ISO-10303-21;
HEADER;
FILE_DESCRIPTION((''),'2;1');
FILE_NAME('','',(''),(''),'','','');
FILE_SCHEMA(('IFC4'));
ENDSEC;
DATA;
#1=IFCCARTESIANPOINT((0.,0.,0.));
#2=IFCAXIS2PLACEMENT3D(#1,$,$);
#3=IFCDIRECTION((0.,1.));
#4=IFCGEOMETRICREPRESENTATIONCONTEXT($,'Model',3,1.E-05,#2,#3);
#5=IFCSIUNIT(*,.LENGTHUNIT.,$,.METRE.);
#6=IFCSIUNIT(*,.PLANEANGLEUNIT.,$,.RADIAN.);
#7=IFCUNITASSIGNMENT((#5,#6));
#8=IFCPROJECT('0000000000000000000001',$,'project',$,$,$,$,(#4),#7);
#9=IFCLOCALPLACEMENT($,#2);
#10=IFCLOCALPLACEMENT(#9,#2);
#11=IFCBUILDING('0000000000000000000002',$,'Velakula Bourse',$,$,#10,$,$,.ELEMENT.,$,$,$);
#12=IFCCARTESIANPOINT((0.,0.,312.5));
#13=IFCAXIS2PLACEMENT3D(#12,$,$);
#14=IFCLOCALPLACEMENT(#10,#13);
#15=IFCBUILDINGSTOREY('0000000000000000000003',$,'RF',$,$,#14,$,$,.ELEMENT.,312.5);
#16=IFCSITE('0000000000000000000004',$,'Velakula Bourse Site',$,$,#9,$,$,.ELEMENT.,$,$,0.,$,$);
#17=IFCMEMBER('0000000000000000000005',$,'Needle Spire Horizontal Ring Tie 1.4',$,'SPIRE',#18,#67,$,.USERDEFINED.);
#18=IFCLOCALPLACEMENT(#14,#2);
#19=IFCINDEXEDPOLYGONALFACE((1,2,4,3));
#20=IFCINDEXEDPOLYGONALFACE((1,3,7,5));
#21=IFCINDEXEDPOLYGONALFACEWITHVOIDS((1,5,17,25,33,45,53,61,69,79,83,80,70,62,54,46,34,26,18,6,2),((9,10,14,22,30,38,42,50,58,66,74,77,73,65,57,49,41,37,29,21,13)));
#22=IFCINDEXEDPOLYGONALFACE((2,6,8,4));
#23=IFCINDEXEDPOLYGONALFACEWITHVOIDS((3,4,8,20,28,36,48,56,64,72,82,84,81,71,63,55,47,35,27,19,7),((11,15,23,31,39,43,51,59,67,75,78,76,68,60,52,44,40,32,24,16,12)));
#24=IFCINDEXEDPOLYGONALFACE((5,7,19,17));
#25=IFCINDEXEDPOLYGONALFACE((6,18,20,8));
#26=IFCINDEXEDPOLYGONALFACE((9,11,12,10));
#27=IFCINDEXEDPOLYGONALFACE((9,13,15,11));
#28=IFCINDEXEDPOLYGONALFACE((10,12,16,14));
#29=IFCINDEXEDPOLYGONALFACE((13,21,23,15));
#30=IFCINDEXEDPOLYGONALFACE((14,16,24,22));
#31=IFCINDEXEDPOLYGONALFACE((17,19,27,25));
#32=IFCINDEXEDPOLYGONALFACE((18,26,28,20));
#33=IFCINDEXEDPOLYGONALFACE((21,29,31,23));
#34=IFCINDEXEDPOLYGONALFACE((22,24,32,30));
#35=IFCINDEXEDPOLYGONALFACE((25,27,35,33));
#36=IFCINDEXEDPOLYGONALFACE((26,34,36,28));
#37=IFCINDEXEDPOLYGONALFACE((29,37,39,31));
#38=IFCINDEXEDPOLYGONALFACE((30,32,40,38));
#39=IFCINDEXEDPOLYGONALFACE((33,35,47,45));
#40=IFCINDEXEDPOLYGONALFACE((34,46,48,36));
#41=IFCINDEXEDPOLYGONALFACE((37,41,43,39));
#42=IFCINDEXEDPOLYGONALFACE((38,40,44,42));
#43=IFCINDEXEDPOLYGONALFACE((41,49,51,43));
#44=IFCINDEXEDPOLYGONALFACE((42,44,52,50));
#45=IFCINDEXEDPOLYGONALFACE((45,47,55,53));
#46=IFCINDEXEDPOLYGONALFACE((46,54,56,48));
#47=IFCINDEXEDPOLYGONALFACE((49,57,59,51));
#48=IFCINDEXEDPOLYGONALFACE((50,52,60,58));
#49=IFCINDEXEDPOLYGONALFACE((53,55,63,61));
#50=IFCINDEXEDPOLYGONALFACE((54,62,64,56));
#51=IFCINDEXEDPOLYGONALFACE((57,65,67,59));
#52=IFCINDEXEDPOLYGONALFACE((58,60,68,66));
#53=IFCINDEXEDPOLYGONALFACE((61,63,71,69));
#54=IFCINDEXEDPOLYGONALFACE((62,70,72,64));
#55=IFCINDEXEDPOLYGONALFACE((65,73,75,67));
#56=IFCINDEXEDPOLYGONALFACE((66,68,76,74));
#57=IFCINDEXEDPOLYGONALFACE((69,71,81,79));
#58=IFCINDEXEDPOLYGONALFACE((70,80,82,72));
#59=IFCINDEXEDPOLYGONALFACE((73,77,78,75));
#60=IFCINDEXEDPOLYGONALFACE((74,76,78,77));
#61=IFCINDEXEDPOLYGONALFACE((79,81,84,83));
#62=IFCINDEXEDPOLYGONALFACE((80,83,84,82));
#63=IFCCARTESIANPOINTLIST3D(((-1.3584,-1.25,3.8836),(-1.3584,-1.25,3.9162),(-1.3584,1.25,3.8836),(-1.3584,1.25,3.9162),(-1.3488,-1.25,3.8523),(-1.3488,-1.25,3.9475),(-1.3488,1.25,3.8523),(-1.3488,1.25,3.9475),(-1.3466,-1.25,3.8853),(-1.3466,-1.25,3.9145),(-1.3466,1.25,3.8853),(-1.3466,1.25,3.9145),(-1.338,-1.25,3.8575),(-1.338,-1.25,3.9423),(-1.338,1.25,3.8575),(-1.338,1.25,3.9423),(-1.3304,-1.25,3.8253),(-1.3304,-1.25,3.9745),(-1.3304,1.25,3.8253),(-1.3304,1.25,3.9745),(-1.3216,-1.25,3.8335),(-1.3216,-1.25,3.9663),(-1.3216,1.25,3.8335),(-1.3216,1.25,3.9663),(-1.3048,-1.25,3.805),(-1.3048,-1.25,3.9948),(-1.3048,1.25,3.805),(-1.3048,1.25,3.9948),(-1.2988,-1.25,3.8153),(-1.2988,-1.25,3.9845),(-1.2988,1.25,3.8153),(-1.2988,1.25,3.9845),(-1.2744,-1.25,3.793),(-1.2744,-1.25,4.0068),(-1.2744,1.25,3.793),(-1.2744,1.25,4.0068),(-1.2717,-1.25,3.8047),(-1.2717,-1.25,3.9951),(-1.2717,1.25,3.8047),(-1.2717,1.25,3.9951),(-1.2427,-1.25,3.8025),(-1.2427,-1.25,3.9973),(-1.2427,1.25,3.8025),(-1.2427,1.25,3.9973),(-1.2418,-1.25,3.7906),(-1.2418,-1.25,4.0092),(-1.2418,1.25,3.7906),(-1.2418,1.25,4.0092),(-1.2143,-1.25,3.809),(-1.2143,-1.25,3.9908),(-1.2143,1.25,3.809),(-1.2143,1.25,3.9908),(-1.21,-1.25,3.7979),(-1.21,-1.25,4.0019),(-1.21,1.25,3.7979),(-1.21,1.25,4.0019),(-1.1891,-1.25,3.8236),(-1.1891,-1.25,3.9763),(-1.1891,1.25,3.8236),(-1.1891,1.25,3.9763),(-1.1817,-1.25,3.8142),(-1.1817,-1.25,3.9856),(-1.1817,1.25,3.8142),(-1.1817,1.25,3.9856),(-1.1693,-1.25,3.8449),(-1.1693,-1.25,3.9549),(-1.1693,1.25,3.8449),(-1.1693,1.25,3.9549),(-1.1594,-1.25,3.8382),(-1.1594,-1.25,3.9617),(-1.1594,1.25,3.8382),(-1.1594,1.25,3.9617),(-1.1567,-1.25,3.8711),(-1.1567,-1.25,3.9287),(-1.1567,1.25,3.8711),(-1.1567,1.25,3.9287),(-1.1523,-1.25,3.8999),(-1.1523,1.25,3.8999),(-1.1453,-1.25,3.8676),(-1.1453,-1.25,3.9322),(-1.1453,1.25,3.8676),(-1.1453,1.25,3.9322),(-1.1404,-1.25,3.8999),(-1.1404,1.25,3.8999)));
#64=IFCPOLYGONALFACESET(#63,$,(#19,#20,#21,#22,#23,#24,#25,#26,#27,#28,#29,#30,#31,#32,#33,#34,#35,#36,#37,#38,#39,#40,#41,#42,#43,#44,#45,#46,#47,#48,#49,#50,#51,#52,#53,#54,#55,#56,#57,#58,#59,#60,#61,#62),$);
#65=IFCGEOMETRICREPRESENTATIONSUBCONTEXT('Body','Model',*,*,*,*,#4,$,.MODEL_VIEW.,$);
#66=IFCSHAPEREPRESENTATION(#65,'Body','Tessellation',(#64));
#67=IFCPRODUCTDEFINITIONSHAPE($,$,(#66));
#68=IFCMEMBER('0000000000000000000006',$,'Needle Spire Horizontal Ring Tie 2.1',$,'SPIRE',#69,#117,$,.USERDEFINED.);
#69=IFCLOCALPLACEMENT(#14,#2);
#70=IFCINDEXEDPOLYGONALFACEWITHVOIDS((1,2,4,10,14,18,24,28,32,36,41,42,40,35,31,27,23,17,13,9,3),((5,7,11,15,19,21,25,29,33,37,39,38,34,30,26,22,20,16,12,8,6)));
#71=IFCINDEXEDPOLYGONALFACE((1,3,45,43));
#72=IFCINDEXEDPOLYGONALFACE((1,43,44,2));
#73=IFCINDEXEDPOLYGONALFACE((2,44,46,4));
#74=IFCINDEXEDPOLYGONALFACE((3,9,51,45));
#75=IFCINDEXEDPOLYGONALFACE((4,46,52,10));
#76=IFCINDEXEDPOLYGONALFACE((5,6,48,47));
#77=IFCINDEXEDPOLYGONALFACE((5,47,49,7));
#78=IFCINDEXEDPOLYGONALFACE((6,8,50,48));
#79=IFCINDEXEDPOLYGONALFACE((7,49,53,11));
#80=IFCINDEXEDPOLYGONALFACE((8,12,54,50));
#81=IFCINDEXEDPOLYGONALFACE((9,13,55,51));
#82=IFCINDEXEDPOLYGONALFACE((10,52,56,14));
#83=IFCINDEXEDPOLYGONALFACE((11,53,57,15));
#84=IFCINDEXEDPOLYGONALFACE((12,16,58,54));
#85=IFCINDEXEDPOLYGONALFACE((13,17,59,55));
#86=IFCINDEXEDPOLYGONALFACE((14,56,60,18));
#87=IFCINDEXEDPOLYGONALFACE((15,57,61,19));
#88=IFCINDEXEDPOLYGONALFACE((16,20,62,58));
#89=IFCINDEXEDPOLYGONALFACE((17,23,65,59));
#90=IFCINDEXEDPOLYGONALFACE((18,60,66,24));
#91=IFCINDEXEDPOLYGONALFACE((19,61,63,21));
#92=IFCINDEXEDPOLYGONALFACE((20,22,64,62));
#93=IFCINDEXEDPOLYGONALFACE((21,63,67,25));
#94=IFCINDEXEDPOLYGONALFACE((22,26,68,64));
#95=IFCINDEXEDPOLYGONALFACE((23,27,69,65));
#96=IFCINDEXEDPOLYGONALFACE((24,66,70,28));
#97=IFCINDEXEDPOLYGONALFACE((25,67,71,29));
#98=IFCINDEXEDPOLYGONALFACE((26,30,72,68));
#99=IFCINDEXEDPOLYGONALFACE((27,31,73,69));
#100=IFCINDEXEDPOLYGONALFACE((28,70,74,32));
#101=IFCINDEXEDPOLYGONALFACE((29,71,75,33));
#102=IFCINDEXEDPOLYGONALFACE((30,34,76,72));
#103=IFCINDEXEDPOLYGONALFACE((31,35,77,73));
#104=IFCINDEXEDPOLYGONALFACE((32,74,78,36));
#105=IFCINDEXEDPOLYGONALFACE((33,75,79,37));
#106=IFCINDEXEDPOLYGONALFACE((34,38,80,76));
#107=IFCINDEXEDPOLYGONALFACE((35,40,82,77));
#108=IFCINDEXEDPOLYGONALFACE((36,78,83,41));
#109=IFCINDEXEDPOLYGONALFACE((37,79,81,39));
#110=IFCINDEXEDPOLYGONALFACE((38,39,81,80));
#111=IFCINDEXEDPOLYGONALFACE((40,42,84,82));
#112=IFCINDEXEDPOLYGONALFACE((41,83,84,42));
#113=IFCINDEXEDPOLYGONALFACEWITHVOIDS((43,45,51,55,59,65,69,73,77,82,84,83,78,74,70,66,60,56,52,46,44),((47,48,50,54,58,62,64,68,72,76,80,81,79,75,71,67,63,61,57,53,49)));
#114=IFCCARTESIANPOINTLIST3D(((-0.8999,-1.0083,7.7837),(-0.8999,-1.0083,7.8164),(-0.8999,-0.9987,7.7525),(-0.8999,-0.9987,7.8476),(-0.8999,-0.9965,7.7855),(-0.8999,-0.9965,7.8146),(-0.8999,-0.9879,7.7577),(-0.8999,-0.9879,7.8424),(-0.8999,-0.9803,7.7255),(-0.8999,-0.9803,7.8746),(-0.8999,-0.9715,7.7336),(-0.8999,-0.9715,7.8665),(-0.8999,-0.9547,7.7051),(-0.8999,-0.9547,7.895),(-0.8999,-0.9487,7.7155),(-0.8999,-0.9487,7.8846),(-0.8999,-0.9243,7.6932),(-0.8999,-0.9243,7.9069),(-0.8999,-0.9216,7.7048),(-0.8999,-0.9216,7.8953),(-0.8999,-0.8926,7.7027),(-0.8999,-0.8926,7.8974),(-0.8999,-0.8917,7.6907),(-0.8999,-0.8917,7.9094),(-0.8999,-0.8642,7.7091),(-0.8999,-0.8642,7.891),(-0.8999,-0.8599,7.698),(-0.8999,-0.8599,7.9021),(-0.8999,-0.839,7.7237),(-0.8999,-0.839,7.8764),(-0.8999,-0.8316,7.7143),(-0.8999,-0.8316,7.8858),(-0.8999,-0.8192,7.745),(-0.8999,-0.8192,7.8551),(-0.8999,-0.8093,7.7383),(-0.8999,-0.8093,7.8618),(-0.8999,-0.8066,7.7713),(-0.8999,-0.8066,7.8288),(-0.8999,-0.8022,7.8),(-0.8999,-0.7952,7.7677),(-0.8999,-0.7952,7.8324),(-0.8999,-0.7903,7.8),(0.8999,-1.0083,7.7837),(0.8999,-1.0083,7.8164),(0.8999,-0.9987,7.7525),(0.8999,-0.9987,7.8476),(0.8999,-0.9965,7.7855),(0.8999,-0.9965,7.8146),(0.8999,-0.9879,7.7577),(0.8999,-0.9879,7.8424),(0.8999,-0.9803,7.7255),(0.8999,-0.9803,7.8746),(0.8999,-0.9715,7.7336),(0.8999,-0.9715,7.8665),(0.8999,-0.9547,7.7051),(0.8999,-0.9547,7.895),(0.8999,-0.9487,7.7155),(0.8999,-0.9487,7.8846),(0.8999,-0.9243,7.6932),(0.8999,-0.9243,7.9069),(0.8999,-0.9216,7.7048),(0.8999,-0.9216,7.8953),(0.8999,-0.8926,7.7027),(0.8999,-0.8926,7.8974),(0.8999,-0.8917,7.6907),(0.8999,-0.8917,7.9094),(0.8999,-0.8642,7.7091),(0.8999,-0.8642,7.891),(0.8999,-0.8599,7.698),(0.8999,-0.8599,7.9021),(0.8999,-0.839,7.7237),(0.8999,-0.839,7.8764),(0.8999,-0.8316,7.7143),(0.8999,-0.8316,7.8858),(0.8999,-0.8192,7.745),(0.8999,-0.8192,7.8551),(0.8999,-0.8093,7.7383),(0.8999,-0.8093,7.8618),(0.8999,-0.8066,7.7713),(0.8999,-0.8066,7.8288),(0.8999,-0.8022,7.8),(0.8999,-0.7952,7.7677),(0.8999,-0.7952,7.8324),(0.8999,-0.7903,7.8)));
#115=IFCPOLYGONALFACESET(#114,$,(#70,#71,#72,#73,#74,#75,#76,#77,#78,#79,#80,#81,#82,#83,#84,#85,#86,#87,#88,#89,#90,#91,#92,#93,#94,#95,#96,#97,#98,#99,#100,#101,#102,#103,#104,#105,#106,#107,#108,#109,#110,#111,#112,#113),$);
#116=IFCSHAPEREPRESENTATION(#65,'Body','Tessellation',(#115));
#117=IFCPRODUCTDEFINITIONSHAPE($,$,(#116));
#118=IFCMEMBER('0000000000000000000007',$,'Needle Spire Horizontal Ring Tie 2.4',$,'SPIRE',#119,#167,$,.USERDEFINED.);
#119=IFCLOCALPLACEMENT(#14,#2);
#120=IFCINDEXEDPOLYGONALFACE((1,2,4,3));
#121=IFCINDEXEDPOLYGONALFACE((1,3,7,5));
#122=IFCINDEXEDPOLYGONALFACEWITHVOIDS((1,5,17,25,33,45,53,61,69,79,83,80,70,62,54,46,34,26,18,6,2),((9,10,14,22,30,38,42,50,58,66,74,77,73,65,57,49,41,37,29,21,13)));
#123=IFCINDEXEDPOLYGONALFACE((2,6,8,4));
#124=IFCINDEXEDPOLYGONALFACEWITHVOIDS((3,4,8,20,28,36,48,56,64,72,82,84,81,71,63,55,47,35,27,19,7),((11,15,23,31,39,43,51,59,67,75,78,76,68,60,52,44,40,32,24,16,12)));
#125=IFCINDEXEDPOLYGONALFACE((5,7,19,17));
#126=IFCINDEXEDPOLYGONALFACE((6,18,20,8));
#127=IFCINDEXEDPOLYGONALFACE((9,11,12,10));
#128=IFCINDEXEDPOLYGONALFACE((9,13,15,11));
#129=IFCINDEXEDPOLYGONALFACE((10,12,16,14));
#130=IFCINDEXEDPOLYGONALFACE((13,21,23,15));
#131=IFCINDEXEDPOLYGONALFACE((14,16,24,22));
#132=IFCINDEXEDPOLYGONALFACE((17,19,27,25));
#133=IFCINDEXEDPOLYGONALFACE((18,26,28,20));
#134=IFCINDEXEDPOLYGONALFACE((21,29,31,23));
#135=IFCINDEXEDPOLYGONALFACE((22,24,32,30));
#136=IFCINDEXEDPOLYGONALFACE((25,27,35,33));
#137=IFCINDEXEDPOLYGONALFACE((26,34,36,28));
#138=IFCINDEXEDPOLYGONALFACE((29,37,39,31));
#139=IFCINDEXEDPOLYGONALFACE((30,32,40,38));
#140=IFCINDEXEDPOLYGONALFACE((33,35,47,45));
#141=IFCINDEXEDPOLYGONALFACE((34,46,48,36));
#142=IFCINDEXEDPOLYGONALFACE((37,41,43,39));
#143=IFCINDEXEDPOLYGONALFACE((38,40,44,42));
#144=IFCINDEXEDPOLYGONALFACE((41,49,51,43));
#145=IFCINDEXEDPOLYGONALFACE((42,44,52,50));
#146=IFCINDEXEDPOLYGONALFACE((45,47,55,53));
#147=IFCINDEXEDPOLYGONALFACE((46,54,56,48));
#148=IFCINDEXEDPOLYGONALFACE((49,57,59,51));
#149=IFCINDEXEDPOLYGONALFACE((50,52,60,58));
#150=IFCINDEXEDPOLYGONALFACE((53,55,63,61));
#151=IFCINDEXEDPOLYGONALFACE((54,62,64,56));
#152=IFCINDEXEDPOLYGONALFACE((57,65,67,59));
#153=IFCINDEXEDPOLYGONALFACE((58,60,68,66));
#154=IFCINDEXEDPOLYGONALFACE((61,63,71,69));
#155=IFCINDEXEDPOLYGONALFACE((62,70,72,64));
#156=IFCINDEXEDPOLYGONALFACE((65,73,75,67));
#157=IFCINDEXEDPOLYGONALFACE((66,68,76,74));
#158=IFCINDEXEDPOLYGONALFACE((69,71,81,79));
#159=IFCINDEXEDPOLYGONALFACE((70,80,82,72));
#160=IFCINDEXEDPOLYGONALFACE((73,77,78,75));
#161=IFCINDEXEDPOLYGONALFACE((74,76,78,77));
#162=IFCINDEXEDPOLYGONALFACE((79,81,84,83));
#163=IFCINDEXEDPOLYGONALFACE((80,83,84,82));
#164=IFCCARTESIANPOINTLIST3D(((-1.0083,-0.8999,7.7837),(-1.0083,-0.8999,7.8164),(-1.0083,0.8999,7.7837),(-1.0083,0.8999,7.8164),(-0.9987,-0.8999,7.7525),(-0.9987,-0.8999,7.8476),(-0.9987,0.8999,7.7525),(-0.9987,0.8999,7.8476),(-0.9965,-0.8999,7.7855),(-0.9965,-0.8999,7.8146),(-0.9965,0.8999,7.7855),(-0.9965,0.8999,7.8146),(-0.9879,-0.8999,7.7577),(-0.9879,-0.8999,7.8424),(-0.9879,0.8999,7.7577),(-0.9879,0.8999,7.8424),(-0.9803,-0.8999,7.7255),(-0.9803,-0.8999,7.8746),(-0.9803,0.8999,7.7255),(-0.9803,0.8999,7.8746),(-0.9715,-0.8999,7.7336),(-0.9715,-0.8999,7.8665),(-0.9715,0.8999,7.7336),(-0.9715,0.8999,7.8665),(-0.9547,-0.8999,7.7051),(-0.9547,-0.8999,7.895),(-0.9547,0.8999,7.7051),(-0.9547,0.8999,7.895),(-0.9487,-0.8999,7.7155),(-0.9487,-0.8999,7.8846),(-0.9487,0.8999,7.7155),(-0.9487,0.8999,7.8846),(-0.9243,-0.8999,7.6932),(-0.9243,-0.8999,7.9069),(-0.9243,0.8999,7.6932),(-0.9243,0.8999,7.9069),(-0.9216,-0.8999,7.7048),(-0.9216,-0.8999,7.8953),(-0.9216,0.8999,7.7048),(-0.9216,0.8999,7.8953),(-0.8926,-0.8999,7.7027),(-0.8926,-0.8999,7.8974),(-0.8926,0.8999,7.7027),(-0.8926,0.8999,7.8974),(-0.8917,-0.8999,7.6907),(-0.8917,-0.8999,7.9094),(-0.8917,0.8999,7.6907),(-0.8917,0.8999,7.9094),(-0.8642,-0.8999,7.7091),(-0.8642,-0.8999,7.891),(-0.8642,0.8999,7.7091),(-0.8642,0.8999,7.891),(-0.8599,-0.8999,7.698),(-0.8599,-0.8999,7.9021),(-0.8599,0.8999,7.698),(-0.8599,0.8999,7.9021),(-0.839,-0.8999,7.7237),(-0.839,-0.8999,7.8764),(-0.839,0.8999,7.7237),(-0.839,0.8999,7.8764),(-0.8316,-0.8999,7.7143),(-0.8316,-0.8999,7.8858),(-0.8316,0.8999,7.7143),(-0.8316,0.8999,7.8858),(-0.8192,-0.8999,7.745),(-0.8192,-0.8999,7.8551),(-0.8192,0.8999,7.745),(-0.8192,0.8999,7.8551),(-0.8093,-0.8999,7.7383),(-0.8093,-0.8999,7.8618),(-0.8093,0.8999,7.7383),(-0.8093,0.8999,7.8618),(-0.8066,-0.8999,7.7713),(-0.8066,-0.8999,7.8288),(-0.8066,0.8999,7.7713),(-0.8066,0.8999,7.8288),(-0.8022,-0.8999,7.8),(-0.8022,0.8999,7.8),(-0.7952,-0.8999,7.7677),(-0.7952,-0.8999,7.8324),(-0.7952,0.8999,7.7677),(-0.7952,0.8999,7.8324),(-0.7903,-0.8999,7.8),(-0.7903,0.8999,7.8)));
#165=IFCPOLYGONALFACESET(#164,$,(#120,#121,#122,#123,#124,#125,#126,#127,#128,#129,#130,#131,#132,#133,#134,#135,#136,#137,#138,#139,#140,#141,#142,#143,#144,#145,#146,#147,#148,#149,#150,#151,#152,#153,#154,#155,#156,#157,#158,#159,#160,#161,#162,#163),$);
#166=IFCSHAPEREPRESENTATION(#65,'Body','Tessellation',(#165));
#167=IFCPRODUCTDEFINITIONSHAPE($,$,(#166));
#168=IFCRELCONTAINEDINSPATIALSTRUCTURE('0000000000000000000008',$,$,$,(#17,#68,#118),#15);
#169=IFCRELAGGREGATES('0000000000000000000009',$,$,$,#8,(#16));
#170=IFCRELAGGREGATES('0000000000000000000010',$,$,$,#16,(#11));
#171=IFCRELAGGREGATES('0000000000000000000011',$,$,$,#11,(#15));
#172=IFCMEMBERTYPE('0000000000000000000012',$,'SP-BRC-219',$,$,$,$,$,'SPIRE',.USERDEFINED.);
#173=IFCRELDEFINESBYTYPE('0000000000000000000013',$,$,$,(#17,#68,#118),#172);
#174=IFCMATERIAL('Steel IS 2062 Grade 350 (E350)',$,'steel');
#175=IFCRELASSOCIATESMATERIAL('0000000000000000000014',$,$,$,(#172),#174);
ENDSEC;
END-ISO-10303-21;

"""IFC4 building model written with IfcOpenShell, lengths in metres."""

from ifc_helpers import new_model, si_unit, direction, frame, origin, origin_2d, place, context, subcontext, project, spatial, hollow_circle, extrude, material, material_profile, profile_set, type_object, element, save


model = new_model("IFC4")

# Units and contexts
model_context = context("Model", 3, precision=1e-05, world=origin(), true_north=direction((0.0, 1.0)))
body_context = subcontext(model_context, "Body", "Model", "MODEL_VIEW")
ifc_project = project(units=[si_unit("LENGTHUNIT", "METRE"), si_unit("PLANEANGLEUNIT", "RADIAN")], contexts=[model_context])

# Site, building, storey
site_placement = place(None, origin())
site = spatial("IfcSite", under=ifc_project, at=site_placement, Name="Velakula Bourse Site", CompositionType="ELEMENT", RefElevation=0.0)
building_placement = place(site_placement, origin())
building = spatial("IfcBuilding", under=site, at=building_placement, Name="Velakula Bourse", CompositionType="ELEMENT")
storey_placement = place(building_placement, frame((0.0, 0.0, 312.5)))
storey = spatial("IfcBuildingStorey", under=building, at=storey_placement, Name="RF", CompositionType="ELEMENT", Elevation=312.5)

# Shared definitions
ifc_material_1 = material(Name="Steel IS 2062 Grade 350 (E350)", Category="steel")

# Members
ifc_material_profile_1 = material_profile(ifc_material_1, hollow_circle(Radius=0.1096, WallThickness=0.012, at=origin_2d()), Name="Steel IS 2062 Grade 350 (E350)")
ifc_profile_set_1 = profile_set([ifc_material_profile_1], Name="Steel IS 2062 Grade 350 (E350)")
member_type_1 = type_object("IfcMemberType", Name="SP-BRC-219", ElementType="SPIRE", PredefinedType="USERDEFINED", material=ifc_profile_set_1)
for number, where, z_axis, x_axis, name in (
    (1, (-1.25, 1.25, 3.8999), (0.0, -1.0, 0.0), (1.0, 0.0, 0.0), "Needle Spire Horizontal Ring Tie 1.4"),
):
    element("IfcMember", number, at=place(storey_placement, frame(where, z_axis=z_axis, x_axis=x_axis)), inside=storey, type_object=member_type_1, Name=name, ObjectType="SPIRE", PredefinedType="USERDEFINED", context=body_context, shape_type="SweptSolid", body=[
        extrude(hollow_circle(Radius=0.1096, WallThickness=0.012, at=origin_2d()), origin(), (0.0, 0.0, 1.0), 2.5),
    ])
for number, where, z_axis, x_axis, name in (
    (2, (-0.8999, -0.8999, 7.8), (1.0, 0.0, 0.0), (0.0, 1.0, 0.0), "Needle Spire Horizontal Ring Tie 2.1"),
    (3, (-0.8999, 0.8999, 7.8), (0.0, -1.0, 0.0), (1.0, 0.0, 0.0), "Needle Spire Horizontal Ring Tie 2.4"),
):
    element("IfcMember", number, at=place(storey_placement, frame(where, z_axis=z_axis, x_axis=x_axis)), inside=storey, type_object=member_type_1, Name=name, ObjectType="SPIRE", PredefinedType="USERDEFINED", context=body_context, shape_type="SweptSolid", body=[
        extrude(hollow_circle(Radius=0.1096, WallThickness=0.012, at=origin_2d()), origin(), (0.0, 0.0, 1.0), 1.7998),
    ])

save(model, "model.ifc")
